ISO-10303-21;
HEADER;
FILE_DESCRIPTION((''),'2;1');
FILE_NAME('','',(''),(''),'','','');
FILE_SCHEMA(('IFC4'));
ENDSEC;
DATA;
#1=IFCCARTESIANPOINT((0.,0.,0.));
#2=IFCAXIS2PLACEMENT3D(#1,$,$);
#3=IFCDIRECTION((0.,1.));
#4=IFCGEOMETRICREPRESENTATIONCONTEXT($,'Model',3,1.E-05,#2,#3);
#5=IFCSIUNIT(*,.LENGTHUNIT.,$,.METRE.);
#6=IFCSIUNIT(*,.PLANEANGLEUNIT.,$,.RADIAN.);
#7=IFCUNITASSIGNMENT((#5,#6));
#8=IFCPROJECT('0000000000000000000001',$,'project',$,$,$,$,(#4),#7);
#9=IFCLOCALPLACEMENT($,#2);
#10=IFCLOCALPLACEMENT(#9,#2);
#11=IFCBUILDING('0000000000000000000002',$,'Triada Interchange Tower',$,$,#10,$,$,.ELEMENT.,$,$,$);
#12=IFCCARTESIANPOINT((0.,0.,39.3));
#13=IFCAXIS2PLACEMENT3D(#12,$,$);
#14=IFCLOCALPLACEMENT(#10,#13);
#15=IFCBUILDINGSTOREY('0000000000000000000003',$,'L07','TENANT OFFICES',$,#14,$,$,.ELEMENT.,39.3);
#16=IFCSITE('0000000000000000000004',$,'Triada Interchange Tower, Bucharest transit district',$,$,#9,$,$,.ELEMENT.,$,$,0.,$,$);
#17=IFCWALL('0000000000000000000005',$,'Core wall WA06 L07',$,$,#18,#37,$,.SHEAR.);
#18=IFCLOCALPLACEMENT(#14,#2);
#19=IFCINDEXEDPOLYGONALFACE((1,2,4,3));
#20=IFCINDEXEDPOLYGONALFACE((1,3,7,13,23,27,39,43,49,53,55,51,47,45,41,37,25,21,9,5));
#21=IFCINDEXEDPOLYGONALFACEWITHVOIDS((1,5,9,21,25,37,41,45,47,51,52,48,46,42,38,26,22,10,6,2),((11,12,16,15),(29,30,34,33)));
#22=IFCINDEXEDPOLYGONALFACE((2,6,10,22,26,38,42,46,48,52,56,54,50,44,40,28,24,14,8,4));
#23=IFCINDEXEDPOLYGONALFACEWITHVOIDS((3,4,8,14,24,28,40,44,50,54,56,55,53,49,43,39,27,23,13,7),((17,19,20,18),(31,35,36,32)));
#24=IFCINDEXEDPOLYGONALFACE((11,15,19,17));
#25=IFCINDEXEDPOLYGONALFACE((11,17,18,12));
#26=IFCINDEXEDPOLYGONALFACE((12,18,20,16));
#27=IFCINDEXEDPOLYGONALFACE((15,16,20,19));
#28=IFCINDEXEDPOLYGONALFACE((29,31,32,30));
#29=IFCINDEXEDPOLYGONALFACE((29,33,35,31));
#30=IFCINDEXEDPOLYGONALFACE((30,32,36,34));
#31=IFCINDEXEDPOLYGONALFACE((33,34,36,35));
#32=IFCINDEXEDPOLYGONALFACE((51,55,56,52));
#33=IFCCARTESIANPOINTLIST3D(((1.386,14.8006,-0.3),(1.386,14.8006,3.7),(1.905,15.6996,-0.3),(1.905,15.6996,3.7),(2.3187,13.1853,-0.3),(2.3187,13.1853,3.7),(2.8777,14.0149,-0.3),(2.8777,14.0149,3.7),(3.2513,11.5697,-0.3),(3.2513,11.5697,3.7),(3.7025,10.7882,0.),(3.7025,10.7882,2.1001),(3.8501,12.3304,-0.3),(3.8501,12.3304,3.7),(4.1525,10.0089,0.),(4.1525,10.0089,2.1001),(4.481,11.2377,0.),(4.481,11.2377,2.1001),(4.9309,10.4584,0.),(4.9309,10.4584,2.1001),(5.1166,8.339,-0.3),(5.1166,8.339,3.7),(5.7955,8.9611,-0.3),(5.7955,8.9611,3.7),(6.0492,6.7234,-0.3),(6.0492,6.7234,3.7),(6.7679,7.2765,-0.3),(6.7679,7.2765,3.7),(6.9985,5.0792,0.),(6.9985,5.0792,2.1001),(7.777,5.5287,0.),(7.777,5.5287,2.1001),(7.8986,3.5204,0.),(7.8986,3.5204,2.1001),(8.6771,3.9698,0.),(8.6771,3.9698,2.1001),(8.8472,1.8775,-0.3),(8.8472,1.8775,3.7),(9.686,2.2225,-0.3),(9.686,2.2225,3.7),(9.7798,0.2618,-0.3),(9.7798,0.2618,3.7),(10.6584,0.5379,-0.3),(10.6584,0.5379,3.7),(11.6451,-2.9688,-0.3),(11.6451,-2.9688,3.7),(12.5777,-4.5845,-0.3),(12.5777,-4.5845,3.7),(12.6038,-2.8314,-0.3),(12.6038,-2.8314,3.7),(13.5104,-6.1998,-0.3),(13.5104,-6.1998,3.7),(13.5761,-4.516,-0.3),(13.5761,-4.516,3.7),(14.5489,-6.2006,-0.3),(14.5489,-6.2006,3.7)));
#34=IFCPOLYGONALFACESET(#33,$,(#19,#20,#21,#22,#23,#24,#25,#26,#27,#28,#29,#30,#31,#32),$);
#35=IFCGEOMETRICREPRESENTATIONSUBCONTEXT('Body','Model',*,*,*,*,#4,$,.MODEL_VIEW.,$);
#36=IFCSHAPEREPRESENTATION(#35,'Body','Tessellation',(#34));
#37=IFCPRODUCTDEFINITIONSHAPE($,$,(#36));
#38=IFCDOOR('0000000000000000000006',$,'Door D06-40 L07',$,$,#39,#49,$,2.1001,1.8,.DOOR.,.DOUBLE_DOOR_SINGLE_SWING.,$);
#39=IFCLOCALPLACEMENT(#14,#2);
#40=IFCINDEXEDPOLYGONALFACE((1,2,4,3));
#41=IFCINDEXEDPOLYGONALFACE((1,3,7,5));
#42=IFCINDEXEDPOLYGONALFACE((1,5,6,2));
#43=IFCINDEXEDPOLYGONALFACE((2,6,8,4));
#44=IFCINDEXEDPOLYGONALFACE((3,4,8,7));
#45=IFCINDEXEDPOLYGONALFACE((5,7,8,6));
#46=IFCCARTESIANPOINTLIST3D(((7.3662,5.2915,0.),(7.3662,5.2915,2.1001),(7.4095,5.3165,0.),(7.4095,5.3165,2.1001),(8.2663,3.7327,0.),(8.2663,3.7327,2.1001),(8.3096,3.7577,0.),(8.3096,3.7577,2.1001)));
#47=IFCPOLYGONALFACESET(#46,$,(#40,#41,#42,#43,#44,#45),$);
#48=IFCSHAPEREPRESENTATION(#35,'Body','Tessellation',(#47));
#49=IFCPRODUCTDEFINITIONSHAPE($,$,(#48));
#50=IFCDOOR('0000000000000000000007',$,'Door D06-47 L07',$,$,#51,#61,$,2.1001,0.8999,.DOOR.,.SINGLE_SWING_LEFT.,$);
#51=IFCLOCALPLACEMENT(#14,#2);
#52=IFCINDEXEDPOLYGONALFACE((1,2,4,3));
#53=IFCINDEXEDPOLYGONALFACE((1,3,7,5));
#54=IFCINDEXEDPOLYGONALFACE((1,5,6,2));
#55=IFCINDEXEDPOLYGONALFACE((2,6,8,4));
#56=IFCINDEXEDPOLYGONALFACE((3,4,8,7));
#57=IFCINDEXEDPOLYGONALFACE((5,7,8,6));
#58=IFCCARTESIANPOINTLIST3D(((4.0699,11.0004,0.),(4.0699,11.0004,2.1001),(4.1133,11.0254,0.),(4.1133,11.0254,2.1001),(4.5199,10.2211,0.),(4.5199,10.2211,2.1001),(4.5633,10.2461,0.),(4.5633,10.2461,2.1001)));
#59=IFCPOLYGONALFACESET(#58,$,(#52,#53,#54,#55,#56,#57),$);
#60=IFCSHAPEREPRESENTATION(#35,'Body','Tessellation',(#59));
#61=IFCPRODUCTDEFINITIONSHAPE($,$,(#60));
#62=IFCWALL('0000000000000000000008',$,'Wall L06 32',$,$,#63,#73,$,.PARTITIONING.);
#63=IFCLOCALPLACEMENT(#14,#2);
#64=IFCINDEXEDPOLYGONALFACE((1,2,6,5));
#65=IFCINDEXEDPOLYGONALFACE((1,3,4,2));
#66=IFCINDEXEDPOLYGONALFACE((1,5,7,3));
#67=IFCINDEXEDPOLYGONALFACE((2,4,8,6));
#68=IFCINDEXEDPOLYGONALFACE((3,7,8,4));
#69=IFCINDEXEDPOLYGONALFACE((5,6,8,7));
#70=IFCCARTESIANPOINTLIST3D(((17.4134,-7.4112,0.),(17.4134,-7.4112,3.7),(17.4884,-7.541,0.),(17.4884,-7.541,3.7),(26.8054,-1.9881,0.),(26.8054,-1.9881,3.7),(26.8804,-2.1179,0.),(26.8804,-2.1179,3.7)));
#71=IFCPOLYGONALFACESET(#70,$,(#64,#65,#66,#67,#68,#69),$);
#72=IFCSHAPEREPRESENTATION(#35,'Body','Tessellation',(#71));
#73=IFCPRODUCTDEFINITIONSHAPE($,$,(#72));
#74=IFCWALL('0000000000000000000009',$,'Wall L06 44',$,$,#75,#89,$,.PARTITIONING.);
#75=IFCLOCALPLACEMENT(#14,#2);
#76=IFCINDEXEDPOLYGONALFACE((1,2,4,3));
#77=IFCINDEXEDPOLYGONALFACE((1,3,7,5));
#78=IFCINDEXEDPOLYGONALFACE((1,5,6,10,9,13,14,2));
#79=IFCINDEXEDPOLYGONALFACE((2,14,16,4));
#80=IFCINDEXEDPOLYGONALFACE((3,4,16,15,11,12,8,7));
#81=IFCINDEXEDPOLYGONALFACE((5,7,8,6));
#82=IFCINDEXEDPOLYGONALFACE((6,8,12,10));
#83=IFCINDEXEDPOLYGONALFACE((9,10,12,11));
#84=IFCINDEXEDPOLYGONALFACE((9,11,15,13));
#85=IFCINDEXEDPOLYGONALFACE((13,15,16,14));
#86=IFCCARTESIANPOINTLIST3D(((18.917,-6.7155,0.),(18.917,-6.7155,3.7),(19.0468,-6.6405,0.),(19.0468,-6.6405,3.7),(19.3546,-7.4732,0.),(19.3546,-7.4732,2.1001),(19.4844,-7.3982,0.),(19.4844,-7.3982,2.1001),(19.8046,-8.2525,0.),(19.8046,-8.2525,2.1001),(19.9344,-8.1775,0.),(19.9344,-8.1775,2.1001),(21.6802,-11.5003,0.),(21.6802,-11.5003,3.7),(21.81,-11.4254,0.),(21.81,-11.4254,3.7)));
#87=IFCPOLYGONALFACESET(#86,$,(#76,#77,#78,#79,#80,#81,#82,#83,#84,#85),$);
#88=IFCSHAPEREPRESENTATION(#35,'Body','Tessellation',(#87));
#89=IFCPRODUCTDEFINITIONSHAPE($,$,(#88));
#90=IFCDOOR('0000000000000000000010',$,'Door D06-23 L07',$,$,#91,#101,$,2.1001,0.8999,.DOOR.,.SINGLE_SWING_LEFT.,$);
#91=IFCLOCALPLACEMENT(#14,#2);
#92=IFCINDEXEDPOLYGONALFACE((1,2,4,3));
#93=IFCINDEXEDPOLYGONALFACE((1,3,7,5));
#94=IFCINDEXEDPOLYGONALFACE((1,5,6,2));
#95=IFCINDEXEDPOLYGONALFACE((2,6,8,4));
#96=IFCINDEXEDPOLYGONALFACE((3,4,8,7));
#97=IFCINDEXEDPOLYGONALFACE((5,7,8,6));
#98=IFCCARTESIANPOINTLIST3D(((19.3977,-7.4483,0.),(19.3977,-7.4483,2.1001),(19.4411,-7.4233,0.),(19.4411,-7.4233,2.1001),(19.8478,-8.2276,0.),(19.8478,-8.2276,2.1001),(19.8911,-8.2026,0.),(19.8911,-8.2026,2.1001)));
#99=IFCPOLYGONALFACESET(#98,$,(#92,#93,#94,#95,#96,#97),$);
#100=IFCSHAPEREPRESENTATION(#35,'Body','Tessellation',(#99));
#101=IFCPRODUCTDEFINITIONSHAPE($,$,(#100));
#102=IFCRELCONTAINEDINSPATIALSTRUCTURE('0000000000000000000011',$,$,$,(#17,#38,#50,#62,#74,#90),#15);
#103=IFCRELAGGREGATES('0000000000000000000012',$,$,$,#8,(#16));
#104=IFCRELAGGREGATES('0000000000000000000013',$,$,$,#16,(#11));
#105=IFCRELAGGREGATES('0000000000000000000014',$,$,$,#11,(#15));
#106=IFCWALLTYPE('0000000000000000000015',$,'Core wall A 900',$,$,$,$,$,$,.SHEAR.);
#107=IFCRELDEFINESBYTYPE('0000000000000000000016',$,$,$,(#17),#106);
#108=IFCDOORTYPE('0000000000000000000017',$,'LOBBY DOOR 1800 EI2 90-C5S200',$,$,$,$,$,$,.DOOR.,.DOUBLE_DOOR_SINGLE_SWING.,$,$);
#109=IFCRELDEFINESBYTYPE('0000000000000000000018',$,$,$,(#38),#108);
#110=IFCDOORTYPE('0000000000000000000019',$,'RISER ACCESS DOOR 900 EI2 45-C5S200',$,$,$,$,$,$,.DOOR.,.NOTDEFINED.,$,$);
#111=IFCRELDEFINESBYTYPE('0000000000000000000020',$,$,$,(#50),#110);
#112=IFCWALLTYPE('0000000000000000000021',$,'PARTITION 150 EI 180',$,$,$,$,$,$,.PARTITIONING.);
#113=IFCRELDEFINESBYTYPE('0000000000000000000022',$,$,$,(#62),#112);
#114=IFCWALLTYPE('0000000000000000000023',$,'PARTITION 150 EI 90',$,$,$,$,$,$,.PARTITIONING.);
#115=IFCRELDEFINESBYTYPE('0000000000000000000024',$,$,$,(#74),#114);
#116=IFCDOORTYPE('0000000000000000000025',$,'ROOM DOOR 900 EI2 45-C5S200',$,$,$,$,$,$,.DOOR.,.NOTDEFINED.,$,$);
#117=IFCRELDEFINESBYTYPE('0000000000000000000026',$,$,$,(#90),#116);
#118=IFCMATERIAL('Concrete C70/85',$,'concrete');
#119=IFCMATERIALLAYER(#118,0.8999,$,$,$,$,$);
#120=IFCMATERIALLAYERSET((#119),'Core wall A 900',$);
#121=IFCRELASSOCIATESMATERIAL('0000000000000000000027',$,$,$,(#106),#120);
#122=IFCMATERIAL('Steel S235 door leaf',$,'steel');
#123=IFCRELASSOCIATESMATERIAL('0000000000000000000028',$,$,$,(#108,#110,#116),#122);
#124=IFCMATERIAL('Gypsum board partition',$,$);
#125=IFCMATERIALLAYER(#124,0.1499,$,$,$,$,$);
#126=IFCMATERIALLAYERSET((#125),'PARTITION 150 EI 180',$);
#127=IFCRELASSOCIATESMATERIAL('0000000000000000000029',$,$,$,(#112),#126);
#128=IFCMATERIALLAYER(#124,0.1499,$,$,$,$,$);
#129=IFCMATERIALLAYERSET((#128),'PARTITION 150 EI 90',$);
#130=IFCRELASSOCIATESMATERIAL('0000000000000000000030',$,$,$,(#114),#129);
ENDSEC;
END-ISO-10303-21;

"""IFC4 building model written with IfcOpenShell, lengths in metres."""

from ifc_helpers import new_model, si_unit, direction, frame, frame_2d, origin, place, context, subcontext, project, spatial, polyline, rectangle, outline, extrude, material, layer, layer_set, type_object, element, fill, save


model = new_model("IFC4")

# Units and contexts
model_context = context("Model", 3, precision=1e-05, world=origin(), true_north=direction((0.0, 1.0)))
body_context = subcontext(model_context, "Body", "Model", "MODEL_VIEW")
ifc_project = project(units=[si_unit("LENGTHUNIT", "METRE"), si_unit("PLANEANGLEUNIT", "RADIAN")], contexts=[model_context])

# Site, building, storey
site_placement = place(None, origin())
site = spatial("IfcSite", under=ifc_project, at=site_placement, Name="Triada Interchange Tower, Bucharest transit district", CompositionType="ELEMENT", RefElevation=0.0)
building_placement = place(site_placement, origin())
building = spatial("IfcBuilding", under=site, at=building_placement, Name="Triada Interchange Tower", CompositionType="ELEMENT")
storey_placement = place(building_placement, frame((0.0, 0.0, 39.3)))
storey = spatial("IfcBuildingStorey", under=building, at=storey_placement, Name="L07", Description="TENANT OFFICES", CompositionType="ELEMENT", Elevation=39.3)

# Shared definitions
ifc_material_1 = material(Name="Steel S235 door leaf", Category="steel")

# Wall, openings, doors
ifc_material_2 = material(Name="Concrete C70/85", Category="concrete")
ifc_layer_1 = layer(ifc_material_2, 0.8999)
ifc_layer_set_1 = layer_set([ifc_layer_1], Name="Core wall A 900")
wall_type_1 = type_object("IfcWallType", Name="Core wall A 900", PredefinedType="SHEAR", material=ifc_layer_set_1)
wall_1_placement = place(storey_placement, frame((14.03, -6.2, -0.3), z_axis=(0.0, 0.0, 1.0), x_axis=(-0.500026, 0.86601, 0.0)))
wall_1 = element("IfcWall", 1, at=wall_1_placement, inside=storey, type_object=wall_type_1, Name="Core wall WA06 L07", PredefinedType="SHEAR", context=body_context, shape_type="SweptSolid", body=[
    extrude(outline(polyline([(-0.26, -0.449), (1.6853, -0.449), (3.6304, -0.4492), (5.5757, -0.4492), (7.521, -0.4492), (9.4661, -0.4495), (11.4114, -0.4495), (13.3567, -0.4495), (15.302, -0.4495), (17.2471, -0.4497), (19.1924, -0.4497), (21.1377, -0.4497), (23.0828, -0.45), (25.0281, -0.45), (24.509, 0.449), (22.6438, 0.449), (20.7783, 0.4492), (18.9131, 0.4492), (17.0479, 0.4492), (15.1824, 0.4495), (13.3171, 0.4495), (11.4519, 0.4495), (9.5867, 0.4495), (7.7212, 0.4497), (5.856, 0.4497), (3.9907, 0.4497), (2.1252, 0.45), (0.26, 0.45), (-0.26, -0.449)])), origin(), (0.0, 0.0, 1.0), 4.0),
])
opening_1_placement = place(wall_1_placement, frame((11.4839, 0.0, 0.3)))
opening_1 = element("IfcOpeningElement", 2, at=opening_1_placement, cuts=wall_1, PredefinedType="OPENING", context=body_context, shape_type="SweptSolid", body=[
    extrude(rectangle(XDim=1.8, YDim=2.1001, at=frame_2d((0.8999, 1.05))), frame((0.0, 0.46, 0.0), z_axis=(0.0, -1.0, 0.0), x_axis=(1.0, 0.0, 0.0)), (0.0, 0.0, 1.0), 0.9199),
])
opening_2_placement = place(wall_1_placement, frame((18.9761, 0.0, 0.3)))
opening_2 = element("IfcOpeningElement", 3, at=opening_2_placement, cuts=wall_1, PredefinedType="OPENING", context=body_context, shape_type="SweptSolid", body=[
    extrude(rectangle(XDim=0.8999, YDim=2.1001, at=frame_2d((0.45, 1.05))), frame((0.0, 0.46, 0.0), z_axis=(0.0, -1.0, 0.0), x_axis=(1.0, 0.0, 0.0)), (0.0, 0.0, 1.0), 0.9199),
])
door_type_1 = type_object("IfcDoorType", Name="LOBBY DOOR 1800 EI2 90-C5S200", OperationType="DOUBLE_DOOR_SINGLE_SWING", PredefinedType="DOOR", material=ifc_material_1)
door_1_placement = place(opening_1_placement, origin())
door_1 = element("IfcDoor", 4, at=door_1_placement, inside=storey, type_object=door_type_1, Name="Door D06-40 L07", OperationType="DOUBLE_DOOR_SINGLE_SWING", OverallHeight=2.1001, OverallWidth=1.8, PredefinedType="DOOR", context=body_context, shape_type="SweptSolid", body=[
    extrude(rectangle(XDim=1.8, YDim=2.1001, at=frame_2d((0.8999, 1.05))), frame((0.0, 0.0249, 0.0), z_axis=(0.0, -1.0, 0.0), x_axis=(1.0, 0.0, 0.0)), (0.0, 0.0, 1.0), 0.05),
])
fill(opening_1, door_1)
door_type_2 = type_object("IfcDoorType", Name="RISER ACCESS DOOR 900 EI2 45-C5S200", OperationType="NOTDEFINED", PredefinedType="DOOR", material=ifc_material_1)
door_2_placement = place(opening_2_placement, origin())
door_2 = element("IfcDoor", 5, at=door_2_placement, inside=storey, type_object=door_type_2, Name="Door D06-47 L07", OperationType="SINGLE_SWING_LEFT", OverallHeight=2.1001, OverallWidth=0.8999, PredefinedType="DOOR", context=body_context, shape_type="SweptSolid", body=[
    extrude(rectangle(XDim=0.8999, YDim=2.1001, at=frame_2d((0.45, 1.05))), frame((0.0, 0.0249, 0.0), z_axis=(0.0, -1.0, 0.0), x_axis=(1.0, 0.0, 0.0)), (0.0, 0.0, 1.0), 0.05),
])
fill(opening_2, door_2)

# Wall
ifc_material_3 = material(Name="Gypsum board partition")
ifc_layer_2 = layer(ifc_material_3, 0.1499)
ifc_layer_set_2 = layer_set([ifc_layer_2], Name="PARTITION 150 EI 180")
wall_type_2 = type_object("IfcWallType", Name="PARTITION 150 EI 180", PredefinedType="PARTITIONING", material=ifc_layer_set_2)
wall_2_placement = place(storey_placement, frame((17.4509, -7.4761, 0.0), z_axis=(0.0, 0.0, 1.0), x_axis=(0.866003, 0.500039, 0.0)))
element("IfcWall", 6, at=wall_2_placement, inside=storey, type_object=wall_type_2, Name="Wall L06 32", PredefinedType="PARTITIONING", context=body_context, shape_type="SweptSolid", body=[
    extrude(rectangle(XDim=10.8452, YDim=0.1499, at=frame_2d((5.4226, 0.0))), origin(), (0.0, 0.0, 1.0), 3.7),
])

# Wall, opening, door
ifc_layer_3 = layer(ifc_material_3, 0.1499)
ifc_layer_set_3 = layer_set([ifc_layer_3], Name="PARTITION 150 EI 90")
wall_type_3 = type_object("IfcWallType", Name="PARTITION 150 EI 90", PredefinedType="PARTITIONING", material=ifc_layer_set_3)
wall_3_placement = place(storey_placement, frame((18.9819, -6.678, 0.0), z_axis=(0.0, 0.0, 1.0), x_axis=(0.500083, -0.865977, 0.0)))
wall_3 = element("IfcWall", 7, at=wall_3_placement, inside=storey, type_object=wall_type_3, Name="Wall L06 44", PredefinedType="PARTITIONING", context=body_context, shape_type="SweptSolid", body=[
    extrude(rectangle(XDim=5.5254, YDim=0.1499, at=frame_2d((2.7627, 0.0))), origin(), (0.0, 0.0, 1.0), 3.7),
])
opening_3_placement = place(wall_3_placement, frame((0.875, 0.0, 0.0)))
opening_3 = element("IfcOpeningElement", 8, at=opening_3_placement, cuts=wall_3, PredefinedType="OPENING", context=body_context, shape_type="SweptSolid", body=[
    extrude(rectangle(XDim=0.8999, YDim=2.1001, at=frame_2d((0.45, 1.05))), frame((0.0, 0.085, 0.0), z_axis=(0.0, -1.0, 0.0), x_axis=(1.0, 0.0, 0.0)), (0.0, 0.0, 1.0), 0.1699),
])
door_type_3 = type_object("IfcDoorType", Name="ROOM DOOR 900 EI2 45-C5S200", OperationType="NOTDEFINED", PredefinedType="DOOR", material=ifc_material_1)
door_3_placement = place(opening_3_placement, origin())
door_3 = element("IfcDoor", 9, at=door_3_placement, inside=storey, type_object=door_type_3, Name="Door D06-23 L07", OperationType="SINGLE_SWING_LEFT", OverallHeight=2.1001, OverallWidth=0.8999, PredefinedType="DOOR", context=body_context, shape_type="SweptSolid", body=[
    extrude(rectangle(XDim=0.8999, YDim=2.1001, at=frame_2d((0.45, 1.05))), frame((0.0, 0.0249, 0.0), z_axis=(0.0, -1.0, 0.0), x_axis=(1.0, 0.0, 0.0)), (0.0, 0.0, 1.0), 0.05),
])
fill(opening_3, door_3)

save(model, "model.ifc")
